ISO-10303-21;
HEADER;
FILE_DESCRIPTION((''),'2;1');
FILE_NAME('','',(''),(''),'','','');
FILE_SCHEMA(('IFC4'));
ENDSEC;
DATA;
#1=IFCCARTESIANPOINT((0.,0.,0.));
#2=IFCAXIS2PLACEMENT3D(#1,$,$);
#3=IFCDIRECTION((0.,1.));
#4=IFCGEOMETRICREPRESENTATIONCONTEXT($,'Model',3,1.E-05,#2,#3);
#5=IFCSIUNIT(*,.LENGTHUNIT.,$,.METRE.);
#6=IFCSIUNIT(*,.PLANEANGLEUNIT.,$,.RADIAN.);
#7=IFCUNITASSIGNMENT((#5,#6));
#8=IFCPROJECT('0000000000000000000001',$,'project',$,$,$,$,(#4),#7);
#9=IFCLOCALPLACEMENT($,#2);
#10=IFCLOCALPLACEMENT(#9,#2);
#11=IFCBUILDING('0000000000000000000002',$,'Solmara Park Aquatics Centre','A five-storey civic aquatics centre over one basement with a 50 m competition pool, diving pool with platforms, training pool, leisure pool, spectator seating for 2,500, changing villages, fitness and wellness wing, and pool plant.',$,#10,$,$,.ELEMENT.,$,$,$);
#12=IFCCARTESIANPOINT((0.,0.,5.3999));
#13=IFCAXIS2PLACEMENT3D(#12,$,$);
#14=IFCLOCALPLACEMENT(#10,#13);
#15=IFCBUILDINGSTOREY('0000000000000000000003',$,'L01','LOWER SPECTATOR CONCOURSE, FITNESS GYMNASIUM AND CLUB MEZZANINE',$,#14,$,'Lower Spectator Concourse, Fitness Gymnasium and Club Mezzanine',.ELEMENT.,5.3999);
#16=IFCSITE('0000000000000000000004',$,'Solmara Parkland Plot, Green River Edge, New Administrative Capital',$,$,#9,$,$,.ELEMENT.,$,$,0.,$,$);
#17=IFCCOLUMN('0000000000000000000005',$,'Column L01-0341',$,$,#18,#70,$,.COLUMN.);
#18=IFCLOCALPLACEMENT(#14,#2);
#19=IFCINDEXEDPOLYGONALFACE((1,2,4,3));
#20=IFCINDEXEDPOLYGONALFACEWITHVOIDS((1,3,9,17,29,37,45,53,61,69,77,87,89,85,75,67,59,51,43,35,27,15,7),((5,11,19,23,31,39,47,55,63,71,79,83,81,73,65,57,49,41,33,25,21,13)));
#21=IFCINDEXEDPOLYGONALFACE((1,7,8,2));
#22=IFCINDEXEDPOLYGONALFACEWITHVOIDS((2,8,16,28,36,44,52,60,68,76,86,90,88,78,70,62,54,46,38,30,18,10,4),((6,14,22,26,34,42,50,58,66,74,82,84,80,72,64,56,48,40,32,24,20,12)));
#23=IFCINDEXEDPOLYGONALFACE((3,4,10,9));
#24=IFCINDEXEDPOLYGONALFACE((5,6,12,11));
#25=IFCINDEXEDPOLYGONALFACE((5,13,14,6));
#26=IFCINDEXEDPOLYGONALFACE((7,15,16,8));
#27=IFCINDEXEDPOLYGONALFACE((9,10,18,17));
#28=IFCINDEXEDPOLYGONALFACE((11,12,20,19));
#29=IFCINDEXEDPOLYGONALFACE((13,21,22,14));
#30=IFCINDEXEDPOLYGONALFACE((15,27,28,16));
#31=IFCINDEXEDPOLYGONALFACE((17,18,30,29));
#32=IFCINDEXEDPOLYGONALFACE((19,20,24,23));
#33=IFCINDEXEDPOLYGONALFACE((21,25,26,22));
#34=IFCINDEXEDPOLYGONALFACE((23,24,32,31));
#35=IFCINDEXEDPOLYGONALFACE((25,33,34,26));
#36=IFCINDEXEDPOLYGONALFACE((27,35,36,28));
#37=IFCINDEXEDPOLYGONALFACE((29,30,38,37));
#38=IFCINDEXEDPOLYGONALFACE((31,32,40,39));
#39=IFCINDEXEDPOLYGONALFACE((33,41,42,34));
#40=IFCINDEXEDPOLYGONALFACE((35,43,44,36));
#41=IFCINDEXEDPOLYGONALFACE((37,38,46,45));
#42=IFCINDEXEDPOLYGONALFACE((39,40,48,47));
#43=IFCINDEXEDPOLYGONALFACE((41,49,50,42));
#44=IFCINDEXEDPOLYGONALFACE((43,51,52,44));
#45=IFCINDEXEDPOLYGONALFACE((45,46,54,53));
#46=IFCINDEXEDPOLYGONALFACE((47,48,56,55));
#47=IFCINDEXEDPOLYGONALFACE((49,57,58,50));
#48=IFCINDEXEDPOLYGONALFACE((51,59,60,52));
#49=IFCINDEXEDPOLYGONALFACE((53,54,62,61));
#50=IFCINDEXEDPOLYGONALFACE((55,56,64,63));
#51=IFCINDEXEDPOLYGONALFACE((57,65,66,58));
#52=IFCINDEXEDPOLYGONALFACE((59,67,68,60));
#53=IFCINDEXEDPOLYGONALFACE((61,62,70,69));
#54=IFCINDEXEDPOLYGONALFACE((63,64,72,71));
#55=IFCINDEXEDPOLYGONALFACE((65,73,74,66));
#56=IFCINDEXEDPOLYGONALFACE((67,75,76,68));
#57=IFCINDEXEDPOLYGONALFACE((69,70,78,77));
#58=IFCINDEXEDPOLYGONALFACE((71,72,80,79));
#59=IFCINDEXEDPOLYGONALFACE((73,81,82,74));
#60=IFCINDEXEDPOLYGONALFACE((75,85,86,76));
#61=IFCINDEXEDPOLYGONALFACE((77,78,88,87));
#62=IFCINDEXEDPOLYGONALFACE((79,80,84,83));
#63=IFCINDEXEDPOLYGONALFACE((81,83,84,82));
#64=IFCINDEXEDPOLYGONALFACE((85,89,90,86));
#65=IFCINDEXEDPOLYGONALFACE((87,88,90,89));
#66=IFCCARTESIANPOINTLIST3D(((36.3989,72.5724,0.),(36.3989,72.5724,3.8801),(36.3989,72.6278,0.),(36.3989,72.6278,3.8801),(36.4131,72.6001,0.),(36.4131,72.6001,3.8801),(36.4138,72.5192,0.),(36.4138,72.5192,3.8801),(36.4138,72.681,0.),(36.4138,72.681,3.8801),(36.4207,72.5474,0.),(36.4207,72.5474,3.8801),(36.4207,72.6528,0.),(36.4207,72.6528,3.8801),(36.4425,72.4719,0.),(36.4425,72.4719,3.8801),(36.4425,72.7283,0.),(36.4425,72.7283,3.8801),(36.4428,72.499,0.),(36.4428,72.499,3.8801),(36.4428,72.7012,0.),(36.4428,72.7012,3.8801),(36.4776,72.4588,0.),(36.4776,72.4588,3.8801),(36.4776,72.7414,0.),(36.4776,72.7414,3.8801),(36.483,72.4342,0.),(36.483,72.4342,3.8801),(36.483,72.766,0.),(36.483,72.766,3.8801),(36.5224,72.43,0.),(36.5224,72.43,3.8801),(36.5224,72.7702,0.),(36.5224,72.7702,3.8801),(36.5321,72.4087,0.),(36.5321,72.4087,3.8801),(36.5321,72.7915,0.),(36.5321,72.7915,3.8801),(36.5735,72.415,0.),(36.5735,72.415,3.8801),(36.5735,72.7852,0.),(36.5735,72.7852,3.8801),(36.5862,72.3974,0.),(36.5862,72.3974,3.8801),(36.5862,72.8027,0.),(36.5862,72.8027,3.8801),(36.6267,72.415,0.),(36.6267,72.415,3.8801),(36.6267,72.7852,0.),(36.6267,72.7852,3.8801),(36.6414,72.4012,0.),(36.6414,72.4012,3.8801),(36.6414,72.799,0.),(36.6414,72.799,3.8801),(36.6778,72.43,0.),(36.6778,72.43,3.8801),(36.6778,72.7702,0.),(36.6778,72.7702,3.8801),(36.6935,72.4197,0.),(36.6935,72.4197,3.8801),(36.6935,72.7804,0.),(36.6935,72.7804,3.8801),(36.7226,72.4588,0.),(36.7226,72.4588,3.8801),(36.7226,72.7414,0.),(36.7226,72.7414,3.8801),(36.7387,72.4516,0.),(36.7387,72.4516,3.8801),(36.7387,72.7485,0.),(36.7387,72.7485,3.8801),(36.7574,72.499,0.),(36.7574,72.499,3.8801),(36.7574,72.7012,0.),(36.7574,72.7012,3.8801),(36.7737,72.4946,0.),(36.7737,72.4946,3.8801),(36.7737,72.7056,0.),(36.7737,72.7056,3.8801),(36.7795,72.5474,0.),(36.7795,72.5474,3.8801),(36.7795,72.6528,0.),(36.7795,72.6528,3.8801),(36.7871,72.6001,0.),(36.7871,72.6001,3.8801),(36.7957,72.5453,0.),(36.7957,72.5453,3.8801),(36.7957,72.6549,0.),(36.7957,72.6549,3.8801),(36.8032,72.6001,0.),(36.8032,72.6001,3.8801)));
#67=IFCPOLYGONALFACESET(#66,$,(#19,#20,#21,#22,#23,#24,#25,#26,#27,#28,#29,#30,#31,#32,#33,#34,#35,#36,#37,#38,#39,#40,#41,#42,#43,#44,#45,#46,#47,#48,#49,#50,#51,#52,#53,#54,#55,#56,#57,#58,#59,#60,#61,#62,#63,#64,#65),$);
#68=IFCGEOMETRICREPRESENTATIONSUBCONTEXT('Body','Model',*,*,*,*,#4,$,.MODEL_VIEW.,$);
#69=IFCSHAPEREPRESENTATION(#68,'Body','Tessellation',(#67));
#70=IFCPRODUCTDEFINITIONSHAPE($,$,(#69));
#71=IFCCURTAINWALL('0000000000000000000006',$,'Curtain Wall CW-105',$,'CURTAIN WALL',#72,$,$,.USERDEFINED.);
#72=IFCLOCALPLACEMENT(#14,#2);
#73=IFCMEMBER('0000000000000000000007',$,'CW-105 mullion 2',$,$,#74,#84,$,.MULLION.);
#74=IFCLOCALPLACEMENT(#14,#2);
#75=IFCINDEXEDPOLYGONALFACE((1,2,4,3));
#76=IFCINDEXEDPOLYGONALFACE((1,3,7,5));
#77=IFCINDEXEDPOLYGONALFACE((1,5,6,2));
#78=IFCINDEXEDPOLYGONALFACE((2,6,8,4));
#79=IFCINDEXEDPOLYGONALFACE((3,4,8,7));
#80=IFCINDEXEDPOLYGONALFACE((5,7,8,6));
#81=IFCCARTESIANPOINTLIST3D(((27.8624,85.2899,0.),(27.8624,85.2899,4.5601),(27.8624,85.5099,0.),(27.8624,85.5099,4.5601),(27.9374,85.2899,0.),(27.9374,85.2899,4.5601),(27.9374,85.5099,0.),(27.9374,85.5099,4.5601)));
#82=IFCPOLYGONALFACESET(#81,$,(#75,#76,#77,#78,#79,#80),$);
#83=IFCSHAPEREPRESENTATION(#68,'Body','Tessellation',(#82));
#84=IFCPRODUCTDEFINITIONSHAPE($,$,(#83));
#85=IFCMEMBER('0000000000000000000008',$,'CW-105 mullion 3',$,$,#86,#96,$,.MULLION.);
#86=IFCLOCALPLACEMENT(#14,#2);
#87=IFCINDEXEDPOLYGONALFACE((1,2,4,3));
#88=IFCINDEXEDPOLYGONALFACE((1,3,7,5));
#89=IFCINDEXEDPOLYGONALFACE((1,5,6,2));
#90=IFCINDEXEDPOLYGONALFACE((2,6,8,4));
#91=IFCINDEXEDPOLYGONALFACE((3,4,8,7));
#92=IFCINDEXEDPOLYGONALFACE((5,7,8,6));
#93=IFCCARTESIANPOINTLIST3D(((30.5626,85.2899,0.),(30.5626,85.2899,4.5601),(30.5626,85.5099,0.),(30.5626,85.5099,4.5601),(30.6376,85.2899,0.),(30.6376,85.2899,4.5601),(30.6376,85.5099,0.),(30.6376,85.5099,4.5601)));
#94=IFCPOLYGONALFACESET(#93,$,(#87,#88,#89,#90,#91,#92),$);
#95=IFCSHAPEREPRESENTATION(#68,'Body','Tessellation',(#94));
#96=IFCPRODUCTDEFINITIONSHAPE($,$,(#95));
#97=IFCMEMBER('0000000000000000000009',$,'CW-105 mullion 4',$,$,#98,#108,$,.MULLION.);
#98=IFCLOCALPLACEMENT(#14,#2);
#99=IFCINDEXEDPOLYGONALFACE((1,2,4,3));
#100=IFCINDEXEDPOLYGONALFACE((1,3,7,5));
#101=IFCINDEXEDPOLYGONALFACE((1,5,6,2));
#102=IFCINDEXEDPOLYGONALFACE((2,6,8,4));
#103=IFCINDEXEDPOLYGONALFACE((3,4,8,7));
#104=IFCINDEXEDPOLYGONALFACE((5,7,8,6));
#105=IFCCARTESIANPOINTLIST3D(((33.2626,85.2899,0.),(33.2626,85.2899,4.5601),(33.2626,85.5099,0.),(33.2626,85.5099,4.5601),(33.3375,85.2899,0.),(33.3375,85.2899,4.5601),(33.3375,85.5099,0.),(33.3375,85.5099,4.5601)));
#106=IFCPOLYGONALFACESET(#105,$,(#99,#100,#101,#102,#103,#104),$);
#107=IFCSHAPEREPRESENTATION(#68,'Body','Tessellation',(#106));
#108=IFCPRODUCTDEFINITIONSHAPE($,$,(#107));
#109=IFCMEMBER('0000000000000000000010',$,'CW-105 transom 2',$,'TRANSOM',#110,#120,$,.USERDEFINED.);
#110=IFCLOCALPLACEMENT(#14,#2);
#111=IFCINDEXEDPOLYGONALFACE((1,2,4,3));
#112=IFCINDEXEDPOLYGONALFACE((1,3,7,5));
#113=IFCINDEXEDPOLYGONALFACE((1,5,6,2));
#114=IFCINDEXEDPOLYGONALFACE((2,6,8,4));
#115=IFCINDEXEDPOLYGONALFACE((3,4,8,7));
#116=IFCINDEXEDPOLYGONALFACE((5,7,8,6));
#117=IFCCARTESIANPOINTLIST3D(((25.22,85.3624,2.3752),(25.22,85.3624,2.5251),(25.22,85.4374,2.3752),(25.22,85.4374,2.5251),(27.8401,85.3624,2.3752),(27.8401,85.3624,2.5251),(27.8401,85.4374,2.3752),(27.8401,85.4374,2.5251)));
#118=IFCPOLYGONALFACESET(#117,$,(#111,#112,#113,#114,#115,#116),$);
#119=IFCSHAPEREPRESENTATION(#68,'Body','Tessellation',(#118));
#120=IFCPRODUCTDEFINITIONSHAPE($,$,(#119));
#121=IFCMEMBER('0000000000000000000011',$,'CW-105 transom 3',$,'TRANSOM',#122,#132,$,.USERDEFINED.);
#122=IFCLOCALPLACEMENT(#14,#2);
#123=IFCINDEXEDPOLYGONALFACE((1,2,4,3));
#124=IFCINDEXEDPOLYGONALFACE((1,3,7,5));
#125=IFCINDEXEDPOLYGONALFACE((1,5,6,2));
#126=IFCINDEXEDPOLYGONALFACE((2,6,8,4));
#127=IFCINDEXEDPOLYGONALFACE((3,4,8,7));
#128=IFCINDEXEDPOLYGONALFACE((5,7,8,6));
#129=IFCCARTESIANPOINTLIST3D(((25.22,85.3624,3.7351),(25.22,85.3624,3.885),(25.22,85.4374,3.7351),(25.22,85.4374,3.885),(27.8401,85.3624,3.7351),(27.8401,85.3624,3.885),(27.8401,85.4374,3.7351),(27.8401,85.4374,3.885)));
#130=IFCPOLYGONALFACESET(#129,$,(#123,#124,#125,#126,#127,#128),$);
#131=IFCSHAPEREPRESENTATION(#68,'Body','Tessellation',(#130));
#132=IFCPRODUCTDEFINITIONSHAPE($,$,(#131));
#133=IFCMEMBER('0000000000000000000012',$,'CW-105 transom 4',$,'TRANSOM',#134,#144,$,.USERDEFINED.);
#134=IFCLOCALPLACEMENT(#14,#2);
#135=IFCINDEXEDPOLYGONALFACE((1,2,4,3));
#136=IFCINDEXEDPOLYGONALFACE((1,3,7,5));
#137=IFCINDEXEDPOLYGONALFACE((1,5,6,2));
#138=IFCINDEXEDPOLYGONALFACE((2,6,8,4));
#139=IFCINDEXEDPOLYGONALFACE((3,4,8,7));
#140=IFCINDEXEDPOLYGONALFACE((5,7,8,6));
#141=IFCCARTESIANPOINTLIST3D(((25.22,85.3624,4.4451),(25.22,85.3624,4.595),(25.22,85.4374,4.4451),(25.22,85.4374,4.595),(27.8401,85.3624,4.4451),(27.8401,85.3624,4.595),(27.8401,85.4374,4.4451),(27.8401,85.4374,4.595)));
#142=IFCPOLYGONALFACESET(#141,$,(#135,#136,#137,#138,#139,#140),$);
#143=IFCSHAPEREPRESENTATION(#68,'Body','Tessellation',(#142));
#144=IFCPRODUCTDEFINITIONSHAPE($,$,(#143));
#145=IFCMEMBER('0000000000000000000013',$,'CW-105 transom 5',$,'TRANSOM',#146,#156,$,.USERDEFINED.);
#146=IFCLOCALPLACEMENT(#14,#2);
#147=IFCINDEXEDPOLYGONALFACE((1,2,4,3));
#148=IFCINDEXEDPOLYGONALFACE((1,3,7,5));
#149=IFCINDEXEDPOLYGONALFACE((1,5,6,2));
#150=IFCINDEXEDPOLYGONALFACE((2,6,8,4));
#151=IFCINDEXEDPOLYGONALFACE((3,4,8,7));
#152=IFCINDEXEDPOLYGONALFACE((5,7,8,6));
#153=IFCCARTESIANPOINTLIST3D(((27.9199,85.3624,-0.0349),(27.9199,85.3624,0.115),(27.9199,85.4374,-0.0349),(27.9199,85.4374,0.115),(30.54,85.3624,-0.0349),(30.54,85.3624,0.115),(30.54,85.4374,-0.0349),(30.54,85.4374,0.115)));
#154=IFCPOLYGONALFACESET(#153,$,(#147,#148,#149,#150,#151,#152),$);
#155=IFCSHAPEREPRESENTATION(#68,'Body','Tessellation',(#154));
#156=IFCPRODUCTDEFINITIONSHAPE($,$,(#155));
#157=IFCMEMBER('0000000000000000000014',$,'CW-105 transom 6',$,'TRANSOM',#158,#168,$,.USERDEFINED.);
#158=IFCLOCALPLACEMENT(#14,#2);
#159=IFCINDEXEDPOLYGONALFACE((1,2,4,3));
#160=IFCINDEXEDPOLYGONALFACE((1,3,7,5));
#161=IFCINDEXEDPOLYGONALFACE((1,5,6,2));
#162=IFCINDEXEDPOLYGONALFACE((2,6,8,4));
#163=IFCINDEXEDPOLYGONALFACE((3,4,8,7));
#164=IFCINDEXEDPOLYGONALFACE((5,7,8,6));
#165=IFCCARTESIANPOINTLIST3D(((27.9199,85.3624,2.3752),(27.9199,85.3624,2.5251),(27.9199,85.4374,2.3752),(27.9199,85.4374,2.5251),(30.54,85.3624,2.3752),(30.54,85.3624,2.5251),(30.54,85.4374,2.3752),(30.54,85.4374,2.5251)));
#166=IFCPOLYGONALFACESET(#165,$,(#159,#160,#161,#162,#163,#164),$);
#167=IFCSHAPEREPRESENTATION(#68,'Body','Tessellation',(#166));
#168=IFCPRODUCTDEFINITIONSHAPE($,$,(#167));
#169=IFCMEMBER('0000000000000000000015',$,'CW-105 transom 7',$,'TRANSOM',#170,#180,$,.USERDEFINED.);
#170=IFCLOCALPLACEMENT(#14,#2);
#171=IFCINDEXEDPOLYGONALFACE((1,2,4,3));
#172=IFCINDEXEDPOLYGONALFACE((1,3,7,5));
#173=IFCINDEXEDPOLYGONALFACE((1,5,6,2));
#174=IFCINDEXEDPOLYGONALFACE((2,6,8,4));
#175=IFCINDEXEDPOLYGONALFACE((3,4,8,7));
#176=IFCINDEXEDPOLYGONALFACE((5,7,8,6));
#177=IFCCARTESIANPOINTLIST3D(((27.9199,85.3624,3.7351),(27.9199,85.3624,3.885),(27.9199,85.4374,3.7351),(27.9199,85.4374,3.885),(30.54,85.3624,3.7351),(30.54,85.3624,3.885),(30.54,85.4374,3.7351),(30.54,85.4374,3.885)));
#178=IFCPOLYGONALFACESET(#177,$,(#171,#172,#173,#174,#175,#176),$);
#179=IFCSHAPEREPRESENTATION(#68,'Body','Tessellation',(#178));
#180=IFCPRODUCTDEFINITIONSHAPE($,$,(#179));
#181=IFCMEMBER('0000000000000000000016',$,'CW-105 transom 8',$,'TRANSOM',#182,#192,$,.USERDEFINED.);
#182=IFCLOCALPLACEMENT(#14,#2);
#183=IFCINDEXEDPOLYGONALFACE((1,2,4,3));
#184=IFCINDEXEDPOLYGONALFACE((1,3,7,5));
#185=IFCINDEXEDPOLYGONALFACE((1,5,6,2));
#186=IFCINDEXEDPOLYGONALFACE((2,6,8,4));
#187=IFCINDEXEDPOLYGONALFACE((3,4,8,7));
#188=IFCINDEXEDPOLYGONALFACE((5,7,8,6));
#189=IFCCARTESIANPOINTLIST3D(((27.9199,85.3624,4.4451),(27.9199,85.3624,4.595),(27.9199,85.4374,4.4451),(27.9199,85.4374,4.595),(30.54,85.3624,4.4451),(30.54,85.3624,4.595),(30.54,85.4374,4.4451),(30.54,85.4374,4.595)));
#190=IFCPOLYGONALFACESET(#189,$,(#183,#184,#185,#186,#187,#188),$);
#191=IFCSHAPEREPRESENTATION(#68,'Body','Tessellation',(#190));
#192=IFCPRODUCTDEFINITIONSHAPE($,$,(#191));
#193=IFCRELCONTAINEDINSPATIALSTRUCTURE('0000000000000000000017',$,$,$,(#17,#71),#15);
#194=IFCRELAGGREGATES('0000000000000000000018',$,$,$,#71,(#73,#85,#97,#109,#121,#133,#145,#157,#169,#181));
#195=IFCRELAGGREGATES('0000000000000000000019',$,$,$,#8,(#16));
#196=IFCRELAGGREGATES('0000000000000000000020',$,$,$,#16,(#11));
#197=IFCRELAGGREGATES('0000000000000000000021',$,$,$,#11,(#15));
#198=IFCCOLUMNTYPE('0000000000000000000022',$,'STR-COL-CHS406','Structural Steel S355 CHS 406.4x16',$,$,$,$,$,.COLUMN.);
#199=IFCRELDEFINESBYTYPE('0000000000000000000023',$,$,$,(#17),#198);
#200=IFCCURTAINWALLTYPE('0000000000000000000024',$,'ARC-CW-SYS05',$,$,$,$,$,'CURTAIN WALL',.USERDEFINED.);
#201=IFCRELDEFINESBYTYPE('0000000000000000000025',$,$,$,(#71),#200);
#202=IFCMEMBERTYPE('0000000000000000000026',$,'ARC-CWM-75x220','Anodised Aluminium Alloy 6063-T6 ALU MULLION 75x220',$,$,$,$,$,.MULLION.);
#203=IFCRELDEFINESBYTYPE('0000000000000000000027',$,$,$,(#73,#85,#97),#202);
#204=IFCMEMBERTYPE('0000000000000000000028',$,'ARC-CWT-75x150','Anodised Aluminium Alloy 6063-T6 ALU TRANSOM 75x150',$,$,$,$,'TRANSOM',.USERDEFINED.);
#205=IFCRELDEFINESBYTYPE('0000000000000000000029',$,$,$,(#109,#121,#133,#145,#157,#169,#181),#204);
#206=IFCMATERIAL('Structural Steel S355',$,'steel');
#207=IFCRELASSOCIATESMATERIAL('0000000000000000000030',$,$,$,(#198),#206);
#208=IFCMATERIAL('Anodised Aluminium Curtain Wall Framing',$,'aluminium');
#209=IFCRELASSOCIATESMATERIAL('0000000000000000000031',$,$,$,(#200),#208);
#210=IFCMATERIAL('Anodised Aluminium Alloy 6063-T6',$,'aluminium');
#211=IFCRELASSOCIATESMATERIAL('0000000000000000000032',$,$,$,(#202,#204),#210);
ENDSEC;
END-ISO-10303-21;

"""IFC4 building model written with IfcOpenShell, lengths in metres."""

from ifc_helpers import new_model, si_unit, direction, frame, origin, origin_2d, place, context, subcontext, project, spatial, rectangle, hollow_circle, extrude, material, material_profile, profile_set, type_object, element, aggregate, save


model = new_model("IFC4")

# Units and contexts
model_context = context("Model", 3, precision=1e-05, world=origin(), true_north=direction((0.0, 1.0)))
body_context = subcontext(model_context, "Body", "Model", "MODEL_VIEW")
ifc_project = project(units=[si_unit("LENGTHUNIT", "METRE"), si_unit("PLANEANGLEUNIT", "RADIAN")], contexts=[model_context])

# Site, building, storey
site_placement = place(None, origin())
site = spatial("IfcSite", under=ifc_project, at=site_placement, Name="Solmara Parkland Plot, Green River Edge, New Administrative Capital", CompositionType="ELEMENT", RefElevation=0.0)
building_placement = place(site_placement, origin())
building = spatial("IfcBuilding", under=site, at=building_placement, Name="Solmara Park Aquatics Centre", Description="A five-storey civic aquatics centre over one basement with a 50 m competition pool, diving pool with platforms, training pool, leisure pool, spectator seating for 2,500, changing villages, fitness and wellness wing, and pool plant.", CompositionType="ELEMENT")
storey_placement = place(building_placement, frame((0.0, 0.0, 5.3999)))
storey = spatial("IfcBuildingStorey", under=building, at=storey_placement, Name="L01", Description="LOWER SPECTATOR CONCOURSE, FITNESS GYMNASIUM AND CLUB MEZZANINE", LongName="Lower Spectator Concourse, Fitness Gymnasium and Club Mezzanine", CompositionType="ELEMENT", Elevation=5.3999)

# Column
ifc_material_1 = material(Name="Structural Steel S355", Category="steel")
ifc_material_profile_1 = material_profile(ifc_material_1, hollow_circle(Radius=0.2031, WallThickness=0.0161, at=origin_2d()), Name="CHS 406.4x16")
ifc_profile_set_1 = profile_set([ifc_material_profile_1], Name="Structural Steel S355")
column_type = type_object("IfcColumnType", Name="STR-COL-CHS406", Description="Structural Steel S355 CHS 406.4x16", PredefinedType="COLUMN", material=ifc_profile_set_1)
column_placement = place(storey_placement, frame((36.6001, 72.6001, 0.0), z_axis=(0.0, 0.0, 1.0), x_axis=(1.0, 0.0, 0.0)))
element("IfcColumn", 1, at=column_placement, inside=storey, type_object=column_type, Name="Column L01-0341", PredefinedType="COLUMN", context=body_context, shape_type="SweptSolid", body=[
    extrude(hollow_circle(Radius=0.2031, WallThickness=0.0161, at=origin_2d()), origin(), (0.0, 0.0, 1.0), 3.8801),
])

# Curtain wall, members
ifc_material_2 = material(Name="Anodised Aluminium Curtain Wall Framing", Category="aluminium")
curtain_wall_type = type_object("IfcCurtainWallType", Name="ARC-CW-SYS05", ElementType="CURTAIN WALL", PredefinedType="USERDEFINED", material=ifc_material_2)
curtain_wall_placement = place(storey_placement, origin())
curtain_wall = element("IfcCurtainWall", 2, at=curtain_wall_placement, inside=storey, type_object=curtain_wall_type, Name="Curtain Wall CW-105", ObjectType="CURTAIN WALL", PredefinedType="USERDEFINED")
ifc_material_3 = material(Name="Anodised Aluminium Alloy 6063-T6", Category="aluminium")
ifc_material_profile_2 = material_profile(ifc_material_3, rectangle(XDim=0.075, YDim=0.22, at=origin_2d()), Name="ALU MULLION 75x220")
ifc_profile_set_2 = profile_set([ifc_material_profile_2], Name="Anodised Aluminium Alloy 6063-T6")
member_type_1 = type_object("IfcMemberType", Name="ARC-CWM-75x220", Description="Anodised Aluminium Alloy 6063-T6 ALU MULLION 75x220", PredefinedType="MULLION", material=ifc_profile_set_2)
member_1_placement = place(storey_placement, frame((27.8999, 85.3999, 0.0), z_axis=(0.0, 0.0, 1.0), x_axis=(1.0, 0.0, 0.0)))
member_1 = element("IfcMember", 3, at=member_1_placement, type_object=member_type_1, Name="CW-105 mullion 2", PredefinedType="MULLION", context=body_context, shape_type="SweptSolid", body=[
    extrude(rectangle(XDim=0.075, YDim=0.22, at=origin_2d()), origin(), (0.0, 0.0, 1.0), 4.5601),
])
member_2_placement = place(storey_placement, frame((30.6001, 85.3999, 0.0), z_axis=(0.0, 0.0, 1.0), x_axis=(1.0, 0.0, 0.0)))
member_2 = element("IfcMember", 4, at=member_2_placement, type_object=member_type_1, Name="CW-105 mullion 3", PredefinedType="MULLION", context=body_context, shape_type="SweptSolid", body=[
    extrude(rectangle(XDim=0.075, YDim=0.22, at=origin_2d()), origin(), (0.0, 0.0, 1.0), 4.5601),
])
member_3_placement = place(storey_placement, frame((33.3, 85.3999, 0.0), z_axis=(0.0, 0.0, 1.0), x_axis=(1.0, 0.0, 0.0)))
member_3 = element("IfcMember", 5, at=member_3_placement, type_object=member_type_1, Name="CW-105 mullion 4", PredefinedType="MULLION", context=body_context, shape_type="SweptSolid", body=[
    extrude(rectangle(XDim=0.075, YDim=0.22, at=origin_2d()), origin(), (0.0, 0.0, 1.0), 4.5601),
])
ifc_material_profile_3 = material_profile(ifc_material_3, rectangle(XDim=0.075, YDim=0.1499, at=origin_2d()), Name="ALU TRANSOM 75x150")
ifc_profile_set_3 = profile_set([ifc_material_profile_3], Name="Anodised Aluminium Alloy 6063-T6")
member_type_2 = type_object("IfcMemberType", Name="ARC-CWT-75x150", Description="Anodised Aluminium Alloy 6063-T6 ALU TRANSOM 75x150", ElementType="TRANSOM", PredefinedType="USERDEFINED", material=ifc_profile_set_3)
member_4_placement = place(storey_placement, frame((25.22, 85.3999, 2.4502), z_axis=(1.0, 0.0, 0.0), x_axis=(0.0, 1.0, 0.0)))
member_4 = element("IfcMember", 6, at=member_4_placement, type_object=member_type_2, Name="CW-105 transom 2", ObjectType="TRANSOM", PredefinedType="USERDEFINED", context=body_context, shape_type="SweptSolid", body=[
    extrude(rectangle(XDim=0.075, YDim=0.1499, at=origin_2d()), origin(), (0.0, 0.0, 1.0), 2.6201),
])
member_5_placement = place(storey_placement, frame((25.22, 85.3999, 3.8101), z_axis=(1.0, 0.0, 0.0), x_axis=(0.0, 1.0, 0.0)))
member_5 = element("IfcMember", 7, at=member_5_placement, type_object=member_type_2, Name="CW-105 transom 3", ObjectType="TRANSOM", PredefinedType="USERDEFINED", context=body_context, shape_type="SweptSolid", body=[
    extrude(rectangle(XDim=0.075, YDim=0.1499, at=origin_2d()), origin(), (0.0, 0.0, 1.0), 2.6201),
])
member_6_placement = place(storey_placement, frame((25.22, 85.3999, 4.52), z_axis=(1.0, 0.0, 0.0), x_axis=(0.0, 1.0, 0.0)))
member_6 = element("IfcMember", 8, at=member_6_placement, type_object=member_type_2, Name="CW-105 transom 4", ObjectType="TRANSOM", PredefinedType="USERDEFINED", context=body_context, shape_type="SweptSolid", body=[
    extrude(rectangle(XDim=0.075, YDim=0.1499, at=origin_2d()), origin(), (0.0, 0.0, 1.0), 2.6201),
])
member_7_placement = place(storey_placement, frame((27.9199, 85.3999, 0.04), z_axis=(1.0, 0.0, 0.0), x_axis=(0.0, 1.0, 0.0)))
member_7 = element("IfcMember", 9, at=member_7_placement, type_object=member_type_2, Name="CW-105 transom 5", ObjectType="TRANSOM", PredefinedType="USERDEFINED", context=body_context, shape_type="SweptSolid", body=[
    extrude(rectangle(XDim=0.075, YDim=0.1499, at=origin_2d()), origin(), (0.0, 0.0, 1.0), 2.6201),
])
member_8_placement = place(storey_placement, frame((27.9199, 85.3999, 2.4502), z_axis=(1.0, 0.0, 0.0), x_axis=(0.0, 1.0, 0.0)))
member_8 = element("IfcMember", 10, at=member_8_placement, type_object=member_type_2, Name="CW-105 transom 6", ObjectType="TRANSOM", PredefinedType="USERDEFINED", context=body_context, shape_type="SweptSolid", body=[
    extrude(rectangle(XDim=0.075, YDim=0.1499, at=origin_2d()), origin(), (0.0, 0.0, 1.0), 2.6201),
])
member_9_placement = place(storey_placement, frame((27.9199, 85.3999, 3.8101), z_axis=(1.0, 0.0, 0.0), x_axis=(0.0, 1.0, 0.0)))
member_9 = element("IfcMember", 11, at=member_9_placement, type_object=member_type_2, Name="CW-105 transom 7", ObjectType="TRANSOM", PredefinedType="USERDEFINED", context=body_context, shape_type="SweptSolid", body=[
    extrude(rectangle(XDim=0.075, YDim=0.1499, at=origin_2d()), origin(), (0.0, 0.0, 1.0), 2.6201),
])
member_10_placement = place(storey_placement, frame((27.9199, 85.3999, 4.52), z_axis=(1.0, 0.0, 0.0), x_axis=(0.0, 1.0, 0.0)))
member_10 = element("IfcMember", 12, at=member_10_placement, type_object=member_type_2, Name="CW-105 transom 8", ObjectType="TRANSOM", PredefinedType="USERDEFINED", context=body_context, shape_type="SweptSolid", body=[
    extrude(rectangle(XDim=0.075, YDim=0.1499, at=origin_2d()), origin(), (0.0, 0.0, 1.0), 2.6201),
])

aggregate(curtain_wall, [member_1, member_2, member_3, member_4, member_5, member_6, member_7, member_8, member_9, member_10])

save(model, "model.ifc")
